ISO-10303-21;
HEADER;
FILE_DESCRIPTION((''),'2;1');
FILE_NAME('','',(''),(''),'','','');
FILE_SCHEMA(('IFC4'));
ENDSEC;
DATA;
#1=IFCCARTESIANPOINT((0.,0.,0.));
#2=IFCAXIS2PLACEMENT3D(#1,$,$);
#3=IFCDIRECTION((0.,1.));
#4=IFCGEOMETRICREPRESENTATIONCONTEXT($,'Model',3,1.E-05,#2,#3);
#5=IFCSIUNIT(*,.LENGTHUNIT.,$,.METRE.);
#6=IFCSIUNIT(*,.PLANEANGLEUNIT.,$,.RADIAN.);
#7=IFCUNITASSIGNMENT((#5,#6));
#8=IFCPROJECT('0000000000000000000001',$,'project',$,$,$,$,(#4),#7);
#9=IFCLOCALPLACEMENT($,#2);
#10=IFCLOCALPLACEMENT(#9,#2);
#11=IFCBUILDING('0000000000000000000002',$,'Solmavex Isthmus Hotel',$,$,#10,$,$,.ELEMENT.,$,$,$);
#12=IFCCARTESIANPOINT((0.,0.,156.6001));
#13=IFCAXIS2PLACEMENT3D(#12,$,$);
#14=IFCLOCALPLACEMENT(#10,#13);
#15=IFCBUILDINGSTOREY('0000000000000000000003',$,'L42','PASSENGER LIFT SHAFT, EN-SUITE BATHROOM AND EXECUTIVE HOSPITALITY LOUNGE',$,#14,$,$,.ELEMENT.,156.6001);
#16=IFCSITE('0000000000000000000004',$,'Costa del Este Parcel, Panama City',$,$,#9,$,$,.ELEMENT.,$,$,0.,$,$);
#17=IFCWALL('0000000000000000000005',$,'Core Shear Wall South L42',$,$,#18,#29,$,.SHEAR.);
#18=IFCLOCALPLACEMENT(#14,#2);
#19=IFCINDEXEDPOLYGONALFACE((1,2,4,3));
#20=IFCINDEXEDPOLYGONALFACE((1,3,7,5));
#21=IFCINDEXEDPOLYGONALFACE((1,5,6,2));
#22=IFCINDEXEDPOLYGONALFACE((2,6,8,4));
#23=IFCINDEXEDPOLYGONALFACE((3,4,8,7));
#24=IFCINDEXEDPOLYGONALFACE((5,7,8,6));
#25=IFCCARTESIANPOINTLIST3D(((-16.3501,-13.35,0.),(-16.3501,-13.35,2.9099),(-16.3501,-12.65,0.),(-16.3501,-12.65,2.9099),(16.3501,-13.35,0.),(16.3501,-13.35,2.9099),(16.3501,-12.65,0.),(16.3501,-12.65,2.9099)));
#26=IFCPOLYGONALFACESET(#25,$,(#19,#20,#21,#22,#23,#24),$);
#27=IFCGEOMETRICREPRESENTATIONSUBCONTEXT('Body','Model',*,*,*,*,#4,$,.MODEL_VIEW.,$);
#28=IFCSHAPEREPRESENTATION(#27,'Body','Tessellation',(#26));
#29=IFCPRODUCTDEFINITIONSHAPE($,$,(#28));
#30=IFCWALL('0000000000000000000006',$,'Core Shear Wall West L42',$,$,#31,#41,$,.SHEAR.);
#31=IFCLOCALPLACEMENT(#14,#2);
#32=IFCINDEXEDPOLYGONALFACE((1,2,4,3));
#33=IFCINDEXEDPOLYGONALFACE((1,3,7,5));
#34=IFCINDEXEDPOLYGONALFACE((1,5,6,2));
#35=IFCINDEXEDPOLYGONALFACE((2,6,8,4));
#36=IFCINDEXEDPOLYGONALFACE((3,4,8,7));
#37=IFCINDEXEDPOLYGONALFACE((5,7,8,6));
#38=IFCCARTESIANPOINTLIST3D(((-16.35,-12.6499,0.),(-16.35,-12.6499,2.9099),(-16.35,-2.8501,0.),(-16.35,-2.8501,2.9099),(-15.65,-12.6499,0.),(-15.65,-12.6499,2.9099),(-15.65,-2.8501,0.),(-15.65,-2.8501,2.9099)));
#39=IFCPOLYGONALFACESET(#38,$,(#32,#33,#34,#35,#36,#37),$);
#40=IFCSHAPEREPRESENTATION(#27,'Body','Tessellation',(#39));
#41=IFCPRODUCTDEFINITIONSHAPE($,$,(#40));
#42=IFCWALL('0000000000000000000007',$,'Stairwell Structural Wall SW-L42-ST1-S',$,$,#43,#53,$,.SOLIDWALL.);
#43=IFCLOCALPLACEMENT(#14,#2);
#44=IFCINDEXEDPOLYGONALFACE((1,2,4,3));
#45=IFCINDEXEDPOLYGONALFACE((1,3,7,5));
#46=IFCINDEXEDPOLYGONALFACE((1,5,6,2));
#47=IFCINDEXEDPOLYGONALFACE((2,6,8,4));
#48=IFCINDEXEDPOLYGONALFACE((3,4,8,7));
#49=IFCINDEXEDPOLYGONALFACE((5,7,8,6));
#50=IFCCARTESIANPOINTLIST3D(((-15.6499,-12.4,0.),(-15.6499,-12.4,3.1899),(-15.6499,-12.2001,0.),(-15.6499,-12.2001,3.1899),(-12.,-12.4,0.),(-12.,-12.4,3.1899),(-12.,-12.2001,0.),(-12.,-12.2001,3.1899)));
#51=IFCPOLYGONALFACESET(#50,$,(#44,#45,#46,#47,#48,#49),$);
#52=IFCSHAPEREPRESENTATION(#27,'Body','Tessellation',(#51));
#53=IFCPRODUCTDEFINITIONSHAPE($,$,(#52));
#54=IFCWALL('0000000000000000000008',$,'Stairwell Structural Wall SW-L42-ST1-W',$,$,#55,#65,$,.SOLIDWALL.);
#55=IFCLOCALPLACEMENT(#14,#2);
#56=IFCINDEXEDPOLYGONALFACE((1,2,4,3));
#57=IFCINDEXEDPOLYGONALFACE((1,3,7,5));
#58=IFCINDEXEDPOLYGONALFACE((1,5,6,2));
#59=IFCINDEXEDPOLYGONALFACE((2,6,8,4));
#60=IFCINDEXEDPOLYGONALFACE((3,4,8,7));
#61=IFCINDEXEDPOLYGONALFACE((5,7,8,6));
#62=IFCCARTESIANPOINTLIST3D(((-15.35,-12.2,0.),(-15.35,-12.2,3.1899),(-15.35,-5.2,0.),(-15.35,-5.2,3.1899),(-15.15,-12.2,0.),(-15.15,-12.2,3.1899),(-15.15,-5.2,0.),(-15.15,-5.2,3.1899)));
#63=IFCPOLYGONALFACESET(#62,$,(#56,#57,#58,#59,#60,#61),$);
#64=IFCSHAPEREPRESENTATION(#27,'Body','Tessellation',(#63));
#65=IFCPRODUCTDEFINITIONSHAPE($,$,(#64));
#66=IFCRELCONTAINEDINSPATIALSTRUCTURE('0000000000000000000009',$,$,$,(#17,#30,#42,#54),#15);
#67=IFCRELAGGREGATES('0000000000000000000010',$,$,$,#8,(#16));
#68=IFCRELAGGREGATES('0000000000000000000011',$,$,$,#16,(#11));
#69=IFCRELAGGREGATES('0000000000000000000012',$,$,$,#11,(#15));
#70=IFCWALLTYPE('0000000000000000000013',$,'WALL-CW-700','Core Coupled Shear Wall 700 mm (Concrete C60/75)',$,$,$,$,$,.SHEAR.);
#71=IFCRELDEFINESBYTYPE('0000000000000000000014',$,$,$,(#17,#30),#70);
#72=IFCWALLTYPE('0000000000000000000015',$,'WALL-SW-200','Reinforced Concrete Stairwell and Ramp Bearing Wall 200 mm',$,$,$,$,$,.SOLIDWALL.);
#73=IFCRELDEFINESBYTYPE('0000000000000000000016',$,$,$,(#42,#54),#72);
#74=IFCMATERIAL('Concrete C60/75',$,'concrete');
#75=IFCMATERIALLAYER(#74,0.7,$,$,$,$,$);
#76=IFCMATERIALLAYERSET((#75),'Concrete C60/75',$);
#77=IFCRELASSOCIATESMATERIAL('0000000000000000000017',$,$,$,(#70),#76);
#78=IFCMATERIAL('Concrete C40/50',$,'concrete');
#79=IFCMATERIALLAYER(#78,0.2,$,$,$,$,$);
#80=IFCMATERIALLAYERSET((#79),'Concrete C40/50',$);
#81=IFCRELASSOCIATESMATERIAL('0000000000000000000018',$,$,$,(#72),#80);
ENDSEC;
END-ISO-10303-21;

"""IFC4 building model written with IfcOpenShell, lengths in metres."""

from ifc_helpers import new_model, si_unit, direction, frame, frame_2d, origin, place, context, subcontext, project, spatial, rectangle, extrude, material, layer, layer_set, type_object, element, save


model = new_model("IFC4")

# Units and contexts
model_context = context("Model", 3, precision=1e-05, world=origin(), true_north=direction((0.0, 1.0)))
body_context = subcontext(model_context, "Body", "Model", "MODEL_VIEW")
ifc_project = project(units=[si_unit("LENGTHUNIT", "METRE"), si_unit("PLANEANGLEUNIT", "RADIAN")], contexts=[model_context])

# Site, building, storey
site_placement = place(None, origin())
site = spatial("IfcSite", under=ifc_project, at=site_placement, Name="Costa del Este Parcel, Panama City", CompositionType="ELEMENT", RefElevation=0.0)
building_placement = place(site_placement, origin())
building = spatial("IfcBuilding", under=site, at=building_placement, Name="Solmavex Isthmus Hotel", CompositionType="ELEMENT")
storey_placement = place(building_placement, frame((0.0, 0.0, 156.6001)))
storey = spatial("IfcBuildingStorey", under=building, at=storey_placement, Name="L42", Description="PASSENGER LIFT SHAFT, EN-SUITE BATHROOM AND EXECUTIVE HOSPITALITY LOUNGE", CompositionType="ELEMENT", Elevation=156.6001)

# Shared definitions
ifc_material_1 = material(Name="Concrete C60/75", Category="concrete")

# Walls
ifc_layer_1 = layer(ifc_material_1, 0.7)
ifc_layer_set_1 = layer_set([ifc_layer_1], Name="Concrete C60/75")
wall_type_1 = type_object("IfcWallType", Name="WALL-CW-700", Description="Core Coupled Shear Wall 700 mm (Concrete C60/75)", PredefinedType="SHEAR", material=ifc_layer_set_1)
wall_1_placement = place(storey_placement, frame((-16.3501, -13.0, 0.0), z_axis=(0.0, 0.0, 1.0), x_axis=(1.0, 0.0, 0.0)))
element("IfcWall", 1, at=wall_1_placement, inside=storey, type_object=wall_type_1, Name="Core Shear Wall South L42", PredefinedType="SHEAR", context=body_context, shape_type="SweptSolid", body=[
    extrude(rectangle(XDim=32.7002, YDim=0.7, at=frame_2d((16.3501, 0.0))), origin(), (0.0, 0.0, 1.0), 2.9099),
])
wall_2_placement = place(storey_placement, frame((-16.0, -12.6499, 0.0), z_axis=(0.0, 0.0, 1.0), x_axis=(0.0, 1.0, 0.0)))
element("IfcWall", 2, at=wall_2_placement, inside=storey, type_object=wall_type_1, Name="Core Shear Wall West L42", PredefinedType="SHEAR", context=body_context, shape_type="SweptSolid", body=[
    extrude(rectangle(XDim=9.7998, YDim=0.7, at=frame_2d((4.8999, 0.0))), origin(), (0.0, 0.0, 1.0), 2.9099),
])
ifc_material_2 = material(Name="Concrete C40/50", Category="concrete")
ifc_layer_2 = layer(ifc_material_2, 0.2)
ifc_layer_set_2 = layer_set([ifc_layer_2], Name="Concrete C40/50")
wall_type_2 = type_object("IfcWallType", Name="WALL-SW-200", Description="Reinforced Concrete Stairwell and Ramp Bearing Wall 200 mm", PredefinedType="SOLIDWALL", material=ifc_layer_set_2)
wall_3_placement = place(storey_placement, frame((-15.6499, -12.3, 0.0), z_axis=(0.0, 0.0, 1.0), x_axis=(1.0, 0.0, 0.0)))
element("IfcWall", 3, at=wall_3_placement, inside=storey, type_object=wall_type_2, Name="Stairwell Structural Wall SW-L42-ST1-S", PredefinedType="SOLIDWALL", context=body_context, shape_type="SweptSolid", body=[
    extrude(rectangle(XDim=3.6499, YDim=0.2, at=frame_2d((1.825, 0.0))), origin(), (0.0, 0.0, 1.0), 3.1899),
])
wall_4_placement = place(storey_placement, frame((-15.25, -12.2, 0.0), z_axis=(0.0, 0.0, 1.0), x_axis=(0.0, 1.0, 0.0)))
element("IfcWall", 4, at=wall_4_placement, inside=storey, type_object=wall_type_2, Name="Stairwell Structural Wall SW-L42-ST1-W", PredefinedType="SOLIDWALL", context=body_context, shape_type="SweptSolid", body=[
    extrude(rectangle(XDim=7.0, YDim=0.2, at=frame_2d((3.5, 0.0))), origin(), (0.0, 0.0, 1.0), 3.1899),
])

save(model, "model.ifc")
